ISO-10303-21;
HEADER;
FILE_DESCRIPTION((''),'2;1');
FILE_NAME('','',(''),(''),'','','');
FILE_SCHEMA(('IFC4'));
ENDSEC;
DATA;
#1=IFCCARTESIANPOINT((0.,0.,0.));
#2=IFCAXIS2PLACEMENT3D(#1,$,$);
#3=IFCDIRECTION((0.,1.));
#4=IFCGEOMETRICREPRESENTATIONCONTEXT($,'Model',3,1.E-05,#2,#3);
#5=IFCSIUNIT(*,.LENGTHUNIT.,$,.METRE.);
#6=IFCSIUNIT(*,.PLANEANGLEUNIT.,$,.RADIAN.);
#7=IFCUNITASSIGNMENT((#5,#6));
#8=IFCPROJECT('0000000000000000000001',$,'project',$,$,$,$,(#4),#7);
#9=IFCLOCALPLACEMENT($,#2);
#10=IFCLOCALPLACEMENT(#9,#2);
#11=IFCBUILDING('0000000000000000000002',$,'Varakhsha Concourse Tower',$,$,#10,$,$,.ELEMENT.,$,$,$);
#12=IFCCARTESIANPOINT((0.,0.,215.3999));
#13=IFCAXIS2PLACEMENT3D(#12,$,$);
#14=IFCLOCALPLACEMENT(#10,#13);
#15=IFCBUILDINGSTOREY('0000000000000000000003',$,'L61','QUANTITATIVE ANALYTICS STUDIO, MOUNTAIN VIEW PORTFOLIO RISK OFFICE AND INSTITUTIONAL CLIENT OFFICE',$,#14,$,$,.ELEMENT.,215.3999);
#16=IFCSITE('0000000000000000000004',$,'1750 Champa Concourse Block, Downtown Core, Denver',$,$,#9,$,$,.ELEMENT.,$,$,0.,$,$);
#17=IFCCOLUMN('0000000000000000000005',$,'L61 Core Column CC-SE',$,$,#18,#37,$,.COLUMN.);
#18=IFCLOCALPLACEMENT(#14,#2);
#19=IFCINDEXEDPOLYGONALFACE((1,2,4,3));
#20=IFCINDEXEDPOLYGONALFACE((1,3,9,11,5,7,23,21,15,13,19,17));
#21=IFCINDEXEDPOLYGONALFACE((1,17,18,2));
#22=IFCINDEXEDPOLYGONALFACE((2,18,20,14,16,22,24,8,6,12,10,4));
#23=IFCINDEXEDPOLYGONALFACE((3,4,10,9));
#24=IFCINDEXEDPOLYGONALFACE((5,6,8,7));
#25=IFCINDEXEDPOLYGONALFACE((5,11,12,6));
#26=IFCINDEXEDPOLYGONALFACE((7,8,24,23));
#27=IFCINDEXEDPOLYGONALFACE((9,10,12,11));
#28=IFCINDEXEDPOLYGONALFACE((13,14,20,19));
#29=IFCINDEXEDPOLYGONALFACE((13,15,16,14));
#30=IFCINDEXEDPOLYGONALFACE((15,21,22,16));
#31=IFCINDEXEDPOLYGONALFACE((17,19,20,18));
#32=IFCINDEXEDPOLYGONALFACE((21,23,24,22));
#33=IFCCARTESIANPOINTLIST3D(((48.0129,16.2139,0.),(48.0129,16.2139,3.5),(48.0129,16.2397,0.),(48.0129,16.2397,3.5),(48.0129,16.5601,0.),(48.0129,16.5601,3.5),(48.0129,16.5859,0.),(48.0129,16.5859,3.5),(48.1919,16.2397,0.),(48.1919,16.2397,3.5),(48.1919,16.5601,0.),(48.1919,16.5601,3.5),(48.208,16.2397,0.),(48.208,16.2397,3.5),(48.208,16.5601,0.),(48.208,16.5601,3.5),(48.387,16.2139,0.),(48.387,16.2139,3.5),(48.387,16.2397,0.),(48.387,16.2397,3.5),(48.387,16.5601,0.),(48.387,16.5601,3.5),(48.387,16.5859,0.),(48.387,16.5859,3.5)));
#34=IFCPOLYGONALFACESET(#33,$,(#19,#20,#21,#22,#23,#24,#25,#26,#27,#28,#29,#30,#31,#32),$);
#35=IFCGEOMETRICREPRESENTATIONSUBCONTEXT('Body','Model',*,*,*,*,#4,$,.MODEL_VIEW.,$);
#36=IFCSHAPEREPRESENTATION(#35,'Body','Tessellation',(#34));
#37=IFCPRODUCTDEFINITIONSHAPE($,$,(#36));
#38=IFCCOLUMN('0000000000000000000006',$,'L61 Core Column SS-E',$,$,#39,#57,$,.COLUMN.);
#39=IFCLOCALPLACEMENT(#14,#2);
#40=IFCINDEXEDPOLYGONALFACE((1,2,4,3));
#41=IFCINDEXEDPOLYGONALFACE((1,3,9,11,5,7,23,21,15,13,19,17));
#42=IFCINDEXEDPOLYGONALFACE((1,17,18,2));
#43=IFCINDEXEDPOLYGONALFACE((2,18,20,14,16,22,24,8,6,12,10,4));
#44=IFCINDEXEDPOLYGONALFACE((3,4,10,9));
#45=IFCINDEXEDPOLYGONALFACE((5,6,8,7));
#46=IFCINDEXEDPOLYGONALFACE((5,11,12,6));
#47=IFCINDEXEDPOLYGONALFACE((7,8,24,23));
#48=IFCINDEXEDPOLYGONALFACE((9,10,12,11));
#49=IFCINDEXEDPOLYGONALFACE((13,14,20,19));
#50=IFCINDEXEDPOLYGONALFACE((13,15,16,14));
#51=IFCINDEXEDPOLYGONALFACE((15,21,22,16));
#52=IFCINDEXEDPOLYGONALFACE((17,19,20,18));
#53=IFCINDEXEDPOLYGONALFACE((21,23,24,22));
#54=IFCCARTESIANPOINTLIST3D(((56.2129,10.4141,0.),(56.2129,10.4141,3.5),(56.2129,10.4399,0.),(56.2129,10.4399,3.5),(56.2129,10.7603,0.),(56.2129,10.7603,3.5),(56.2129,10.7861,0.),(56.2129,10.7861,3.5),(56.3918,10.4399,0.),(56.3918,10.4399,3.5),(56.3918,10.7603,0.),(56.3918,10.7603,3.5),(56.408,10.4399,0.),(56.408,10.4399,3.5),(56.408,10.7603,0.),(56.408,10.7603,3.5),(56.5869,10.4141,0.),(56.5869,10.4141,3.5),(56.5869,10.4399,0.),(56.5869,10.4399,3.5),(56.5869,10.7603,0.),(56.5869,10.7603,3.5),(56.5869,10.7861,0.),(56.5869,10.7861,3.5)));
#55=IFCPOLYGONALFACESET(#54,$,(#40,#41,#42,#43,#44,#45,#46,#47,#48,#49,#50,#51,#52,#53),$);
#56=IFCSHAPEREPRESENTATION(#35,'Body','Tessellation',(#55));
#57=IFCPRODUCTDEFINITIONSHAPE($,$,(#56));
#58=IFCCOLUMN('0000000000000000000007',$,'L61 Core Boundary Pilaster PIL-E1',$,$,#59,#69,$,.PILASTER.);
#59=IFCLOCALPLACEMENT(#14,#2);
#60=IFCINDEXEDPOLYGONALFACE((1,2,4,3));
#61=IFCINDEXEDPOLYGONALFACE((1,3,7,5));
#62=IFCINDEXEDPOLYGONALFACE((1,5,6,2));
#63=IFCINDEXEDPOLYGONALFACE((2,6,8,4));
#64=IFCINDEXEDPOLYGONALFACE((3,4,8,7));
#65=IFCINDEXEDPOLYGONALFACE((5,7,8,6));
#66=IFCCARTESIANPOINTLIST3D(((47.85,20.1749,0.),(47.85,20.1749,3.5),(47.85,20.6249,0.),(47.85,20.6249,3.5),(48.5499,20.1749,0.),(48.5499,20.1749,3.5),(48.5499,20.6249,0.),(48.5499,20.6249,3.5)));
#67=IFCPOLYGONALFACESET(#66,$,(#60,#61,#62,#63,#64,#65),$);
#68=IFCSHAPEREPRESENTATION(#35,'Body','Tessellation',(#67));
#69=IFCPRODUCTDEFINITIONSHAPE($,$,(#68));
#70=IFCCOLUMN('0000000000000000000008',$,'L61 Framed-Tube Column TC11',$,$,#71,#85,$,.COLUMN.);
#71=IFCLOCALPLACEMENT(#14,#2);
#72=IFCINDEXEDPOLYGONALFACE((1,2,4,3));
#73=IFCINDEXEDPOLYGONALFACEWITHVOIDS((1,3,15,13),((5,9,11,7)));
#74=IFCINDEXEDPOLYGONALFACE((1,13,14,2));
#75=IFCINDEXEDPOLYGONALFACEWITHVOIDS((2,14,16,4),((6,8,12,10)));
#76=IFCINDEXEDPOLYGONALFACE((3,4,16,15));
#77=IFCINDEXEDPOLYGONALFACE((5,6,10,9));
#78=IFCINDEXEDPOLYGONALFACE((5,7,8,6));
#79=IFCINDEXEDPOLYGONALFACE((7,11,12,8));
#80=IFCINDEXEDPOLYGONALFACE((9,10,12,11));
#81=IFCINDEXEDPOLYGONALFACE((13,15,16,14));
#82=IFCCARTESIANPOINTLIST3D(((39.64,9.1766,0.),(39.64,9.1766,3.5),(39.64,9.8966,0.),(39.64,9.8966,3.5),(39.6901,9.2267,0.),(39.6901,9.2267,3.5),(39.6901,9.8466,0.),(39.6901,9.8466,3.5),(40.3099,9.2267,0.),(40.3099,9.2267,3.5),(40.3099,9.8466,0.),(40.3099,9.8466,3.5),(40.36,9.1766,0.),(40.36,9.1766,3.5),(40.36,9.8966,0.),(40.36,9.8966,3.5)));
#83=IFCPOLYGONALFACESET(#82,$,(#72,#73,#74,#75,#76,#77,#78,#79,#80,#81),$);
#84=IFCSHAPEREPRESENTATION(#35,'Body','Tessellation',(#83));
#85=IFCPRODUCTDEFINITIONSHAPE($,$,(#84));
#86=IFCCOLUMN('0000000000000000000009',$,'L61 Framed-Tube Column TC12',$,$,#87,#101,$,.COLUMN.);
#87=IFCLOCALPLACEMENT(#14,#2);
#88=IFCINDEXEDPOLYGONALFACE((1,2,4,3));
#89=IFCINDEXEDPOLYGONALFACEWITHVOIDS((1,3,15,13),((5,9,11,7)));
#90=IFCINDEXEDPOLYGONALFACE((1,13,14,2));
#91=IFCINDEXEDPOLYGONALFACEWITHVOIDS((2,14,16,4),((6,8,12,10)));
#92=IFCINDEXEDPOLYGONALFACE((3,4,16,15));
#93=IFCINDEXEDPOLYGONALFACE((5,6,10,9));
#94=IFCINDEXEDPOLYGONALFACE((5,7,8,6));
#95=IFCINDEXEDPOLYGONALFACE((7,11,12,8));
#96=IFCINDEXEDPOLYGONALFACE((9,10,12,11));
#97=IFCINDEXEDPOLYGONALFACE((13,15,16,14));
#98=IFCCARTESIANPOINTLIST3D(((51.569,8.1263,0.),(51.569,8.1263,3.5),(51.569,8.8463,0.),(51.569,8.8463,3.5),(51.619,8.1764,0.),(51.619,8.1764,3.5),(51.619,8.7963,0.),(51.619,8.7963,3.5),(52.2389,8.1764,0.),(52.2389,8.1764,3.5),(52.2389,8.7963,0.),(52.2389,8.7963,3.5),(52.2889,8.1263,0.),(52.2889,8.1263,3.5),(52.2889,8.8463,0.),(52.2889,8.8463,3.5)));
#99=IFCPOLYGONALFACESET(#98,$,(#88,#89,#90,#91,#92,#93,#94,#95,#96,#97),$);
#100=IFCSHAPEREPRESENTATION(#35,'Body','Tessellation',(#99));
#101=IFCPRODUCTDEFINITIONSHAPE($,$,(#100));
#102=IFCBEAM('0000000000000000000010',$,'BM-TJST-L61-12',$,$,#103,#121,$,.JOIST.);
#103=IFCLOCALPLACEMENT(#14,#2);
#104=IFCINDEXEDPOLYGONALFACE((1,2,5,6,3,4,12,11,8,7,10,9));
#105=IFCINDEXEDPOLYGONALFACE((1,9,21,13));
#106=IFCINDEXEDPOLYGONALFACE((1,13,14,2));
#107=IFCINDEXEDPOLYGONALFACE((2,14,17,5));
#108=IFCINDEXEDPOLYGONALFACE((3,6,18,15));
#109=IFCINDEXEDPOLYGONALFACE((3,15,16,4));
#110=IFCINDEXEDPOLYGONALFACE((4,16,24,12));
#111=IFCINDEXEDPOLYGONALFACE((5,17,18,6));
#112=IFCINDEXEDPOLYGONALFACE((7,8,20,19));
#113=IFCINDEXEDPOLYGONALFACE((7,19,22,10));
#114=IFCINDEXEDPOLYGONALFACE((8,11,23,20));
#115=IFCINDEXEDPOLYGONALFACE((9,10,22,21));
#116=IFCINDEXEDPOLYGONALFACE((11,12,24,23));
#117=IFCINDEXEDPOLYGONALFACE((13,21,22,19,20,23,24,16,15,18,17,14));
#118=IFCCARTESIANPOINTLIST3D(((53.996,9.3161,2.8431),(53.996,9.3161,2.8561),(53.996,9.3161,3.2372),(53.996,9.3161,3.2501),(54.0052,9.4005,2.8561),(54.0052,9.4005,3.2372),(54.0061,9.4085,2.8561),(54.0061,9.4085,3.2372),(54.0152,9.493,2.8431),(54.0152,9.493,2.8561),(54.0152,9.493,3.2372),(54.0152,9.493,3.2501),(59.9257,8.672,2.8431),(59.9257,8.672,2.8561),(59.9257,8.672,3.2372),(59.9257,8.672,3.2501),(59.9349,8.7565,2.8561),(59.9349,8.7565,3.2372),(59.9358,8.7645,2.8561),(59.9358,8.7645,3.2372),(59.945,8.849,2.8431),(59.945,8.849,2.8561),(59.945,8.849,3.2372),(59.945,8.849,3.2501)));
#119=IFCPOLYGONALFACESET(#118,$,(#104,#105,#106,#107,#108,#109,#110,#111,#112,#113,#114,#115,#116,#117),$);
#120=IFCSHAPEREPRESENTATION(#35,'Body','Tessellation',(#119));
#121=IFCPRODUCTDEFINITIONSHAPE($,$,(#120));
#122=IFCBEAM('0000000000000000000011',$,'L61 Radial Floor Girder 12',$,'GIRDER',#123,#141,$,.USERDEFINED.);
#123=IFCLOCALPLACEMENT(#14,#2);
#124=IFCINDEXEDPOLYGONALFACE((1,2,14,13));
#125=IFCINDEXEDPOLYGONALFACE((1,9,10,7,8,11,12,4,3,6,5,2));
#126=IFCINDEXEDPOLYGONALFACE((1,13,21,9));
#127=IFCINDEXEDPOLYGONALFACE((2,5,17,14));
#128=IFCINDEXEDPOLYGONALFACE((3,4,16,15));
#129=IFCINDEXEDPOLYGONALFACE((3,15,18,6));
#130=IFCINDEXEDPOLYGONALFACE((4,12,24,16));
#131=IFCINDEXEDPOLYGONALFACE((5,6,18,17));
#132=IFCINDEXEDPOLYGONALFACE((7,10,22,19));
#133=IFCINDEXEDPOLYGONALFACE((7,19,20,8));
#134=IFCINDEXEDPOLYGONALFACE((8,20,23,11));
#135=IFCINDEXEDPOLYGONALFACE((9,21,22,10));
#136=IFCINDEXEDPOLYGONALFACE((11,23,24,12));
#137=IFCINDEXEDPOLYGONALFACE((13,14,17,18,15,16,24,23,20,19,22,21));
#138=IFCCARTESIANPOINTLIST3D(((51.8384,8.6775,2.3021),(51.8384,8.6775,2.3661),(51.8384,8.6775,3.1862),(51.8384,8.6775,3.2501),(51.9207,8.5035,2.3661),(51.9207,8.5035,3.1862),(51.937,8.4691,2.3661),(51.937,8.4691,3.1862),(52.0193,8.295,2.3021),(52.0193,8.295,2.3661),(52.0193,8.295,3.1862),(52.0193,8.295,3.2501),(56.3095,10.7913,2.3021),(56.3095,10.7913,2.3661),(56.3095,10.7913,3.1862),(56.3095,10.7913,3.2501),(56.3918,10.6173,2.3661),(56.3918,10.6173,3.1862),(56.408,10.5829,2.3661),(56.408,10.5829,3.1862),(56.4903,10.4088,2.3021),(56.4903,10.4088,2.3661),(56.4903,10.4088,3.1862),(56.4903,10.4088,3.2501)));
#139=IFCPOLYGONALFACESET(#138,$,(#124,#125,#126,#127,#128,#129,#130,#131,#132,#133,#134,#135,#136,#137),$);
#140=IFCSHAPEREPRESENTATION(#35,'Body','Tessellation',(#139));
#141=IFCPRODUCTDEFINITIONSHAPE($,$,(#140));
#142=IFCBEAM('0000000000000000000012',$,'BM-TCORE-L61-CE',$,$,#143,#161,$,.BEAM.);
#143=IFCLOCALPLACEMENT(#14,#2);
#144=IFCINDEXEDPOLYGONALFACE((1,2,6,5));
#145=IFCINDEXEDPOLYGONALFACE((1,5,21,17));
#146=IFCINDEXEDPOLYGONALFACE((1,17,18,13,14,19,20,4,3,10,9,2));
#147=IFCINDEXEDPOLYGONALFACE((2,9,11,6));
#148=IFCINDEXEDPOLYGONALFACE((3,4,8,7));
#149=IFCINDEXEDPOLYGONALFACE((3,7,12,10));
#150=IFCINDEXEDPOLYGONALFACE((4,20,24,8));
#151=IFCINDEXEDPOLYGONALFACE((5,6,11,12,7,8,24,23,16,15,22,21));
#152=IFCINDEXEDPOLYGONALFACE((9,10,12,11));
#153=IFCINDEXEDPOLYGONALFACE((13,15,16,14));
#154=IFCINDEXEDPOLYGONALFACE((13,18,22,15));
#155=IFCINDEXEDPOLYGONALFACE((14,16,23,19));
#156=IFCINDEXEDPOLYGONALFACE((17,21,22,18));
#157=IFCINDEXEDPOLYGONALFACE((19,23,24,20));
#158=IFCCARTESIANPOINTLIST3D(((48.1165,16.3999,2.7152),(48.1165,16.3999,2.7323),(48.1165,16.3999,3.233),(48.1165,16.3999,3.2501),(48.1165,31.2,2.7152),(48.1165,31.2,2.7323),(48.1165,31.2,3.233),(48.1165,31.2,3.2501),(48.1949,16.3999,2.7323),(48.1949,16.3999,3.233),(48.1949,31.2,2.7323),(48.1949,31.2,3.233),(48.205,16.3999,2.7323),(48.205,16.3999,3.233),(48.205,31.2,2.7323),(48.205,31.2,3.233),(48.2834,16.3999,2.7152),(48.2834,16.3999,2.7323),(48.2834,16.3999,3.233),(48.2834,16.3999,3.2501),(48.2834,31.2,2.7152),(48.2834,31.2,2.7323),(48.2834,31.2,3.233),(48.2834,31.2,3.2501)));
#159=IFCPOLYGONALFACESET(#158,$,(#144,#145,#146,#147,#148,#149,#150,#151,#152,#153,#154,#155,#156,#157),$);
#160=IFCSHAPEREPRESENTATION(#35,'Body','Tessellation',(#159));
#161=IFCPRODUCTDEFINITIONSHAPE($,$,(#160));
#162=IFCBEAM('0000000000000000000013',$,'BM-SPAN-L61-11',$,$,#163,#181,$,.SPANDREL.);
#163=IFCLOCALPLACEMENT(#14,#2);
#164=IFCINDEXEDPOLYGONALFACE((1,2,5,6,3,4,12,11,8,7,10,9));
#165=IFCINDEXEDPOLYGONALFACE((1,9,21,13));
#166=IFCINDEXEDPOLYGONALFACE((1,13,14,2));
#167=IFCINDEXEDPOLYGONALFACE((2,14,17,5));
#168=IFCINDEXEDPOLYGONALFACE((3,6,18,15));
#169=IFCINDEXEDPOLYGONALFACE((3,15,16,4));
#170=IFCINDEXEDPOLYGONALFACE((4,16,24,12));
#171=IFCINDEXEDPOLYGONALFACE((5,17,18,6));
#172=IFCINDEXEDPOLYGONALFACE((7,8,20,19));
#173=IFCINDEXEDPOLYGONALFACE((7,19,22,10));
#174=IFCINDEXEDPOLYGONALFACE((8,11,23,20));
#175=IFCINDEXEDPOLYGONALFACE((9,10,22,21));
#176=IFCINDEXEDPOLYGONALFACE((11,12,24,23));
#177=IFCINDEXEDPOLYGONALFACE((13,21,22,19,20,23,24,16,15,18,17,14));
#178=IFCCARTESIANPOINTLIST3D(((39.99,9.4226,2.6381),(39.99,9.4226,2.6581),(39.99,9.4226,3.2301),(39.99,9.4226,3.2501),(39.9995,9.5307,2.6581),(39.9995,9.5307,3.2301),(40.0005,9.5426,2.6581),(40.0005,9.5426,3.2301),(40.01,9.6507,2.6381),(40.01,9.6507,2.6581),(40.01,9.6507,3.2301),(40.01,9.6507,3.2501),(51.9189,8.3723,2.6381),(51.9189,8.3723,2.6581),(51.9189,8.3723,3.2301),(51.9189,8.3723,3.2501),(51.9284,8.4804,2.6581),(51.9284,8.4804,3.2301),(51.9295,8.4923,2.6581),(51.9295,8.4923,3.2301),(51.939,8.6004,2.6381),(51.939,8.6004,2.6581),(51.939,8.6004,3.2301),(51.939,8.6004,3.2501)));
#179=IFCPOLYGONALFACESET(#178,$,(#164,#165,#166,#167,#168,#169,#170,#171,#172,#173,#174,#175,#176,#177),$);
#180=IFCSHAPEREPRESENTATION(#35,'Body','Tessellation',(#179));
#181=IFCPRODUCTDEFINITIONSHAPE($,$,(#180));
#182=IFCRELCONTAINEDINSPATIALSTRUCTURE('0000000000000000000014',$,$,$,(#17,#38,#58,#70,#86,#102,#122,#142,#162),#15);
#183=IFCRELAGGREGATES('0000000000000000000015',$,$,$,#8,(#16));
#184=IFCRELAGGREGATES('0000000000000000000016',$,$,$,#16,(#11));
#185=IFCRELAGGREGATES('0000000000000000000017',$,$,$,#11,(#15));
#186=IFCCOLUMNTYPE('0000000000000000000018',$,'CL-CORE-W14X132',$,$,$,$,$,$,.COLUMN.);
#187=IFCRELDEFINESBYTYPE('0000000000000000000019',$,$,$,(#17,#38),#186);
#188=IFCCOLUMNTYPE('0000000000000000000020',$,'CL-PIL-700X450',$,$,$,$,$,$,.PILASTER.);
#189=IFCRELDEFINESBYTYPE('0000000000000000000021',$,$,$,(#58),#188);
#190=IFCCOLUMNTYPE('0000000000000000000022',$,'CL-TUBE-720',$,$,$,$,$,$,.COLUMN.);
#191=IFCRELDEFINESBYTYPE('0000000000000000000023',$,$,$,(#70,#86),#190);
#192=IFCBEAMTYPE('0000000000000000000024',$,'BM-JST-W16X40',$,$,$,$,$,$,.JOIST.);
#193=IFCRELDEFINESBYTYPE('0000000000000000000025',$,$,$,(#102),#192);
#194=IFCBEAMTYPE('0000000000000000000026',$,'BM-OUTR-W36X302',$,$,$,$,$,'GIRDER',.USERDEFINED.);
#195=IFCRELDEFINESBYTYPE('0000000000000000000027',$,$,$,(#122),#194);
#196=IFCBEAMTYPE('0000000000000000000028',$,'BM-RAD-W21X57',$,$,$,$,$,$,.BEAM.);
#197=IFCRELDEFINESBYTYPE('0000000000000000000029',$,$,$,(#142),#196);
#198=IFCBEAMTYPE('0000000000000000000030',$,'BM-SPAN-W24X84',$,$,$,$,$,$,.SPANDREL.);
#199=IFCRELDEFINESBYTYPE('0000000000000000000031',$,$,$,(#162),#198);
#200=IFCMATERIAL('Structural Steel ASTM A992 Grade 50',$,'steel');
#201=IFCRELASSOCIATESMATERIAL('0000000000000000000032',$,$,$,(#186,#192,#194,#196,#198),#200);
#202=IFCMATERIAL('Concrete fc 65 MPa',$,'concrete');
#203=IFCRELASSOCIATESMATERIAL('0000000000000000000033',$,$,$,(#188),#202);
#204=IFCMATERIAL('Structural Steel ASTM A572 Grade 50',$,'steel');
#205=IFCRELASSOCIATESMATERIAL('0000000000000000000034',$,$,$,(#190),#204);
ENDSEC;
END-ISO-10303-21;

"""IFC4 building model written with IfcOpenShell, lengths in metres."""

from ifc_helpers import new_model, si_unit, direction, frame, origin, origin_2d, place, context, subcontext, project, spatial, rectangle, hollow_rectangle, i_section, extrude, material, material_profile, profile_set, type_object, element, save


model = new_model("IFC4")

# Units and contexts
model_context = context("Model", 3, precision=1e-05, world=origin(), true_north=direction((0.0, 1.0)))
body_context = subcontext(model_context, "Body", "Model", "MODEL_VIEW")
ifc_project = project(units=[si_unit("LENGTHUNIT", "METRE"), si_unit("PLANEANGLEUNIT", "RADIAN")], contexts=[model_context])

# Site, building, storey
site_placement = place(None, origin())
site = spatial("IfcSite", under=ifc_project, at=site_placement, Name="1750 Champa Concourse Block, Downtown Core, Denver", CompositionType="ELEMENT", RefElevation=0.0)
building_placement = place(site_placement, origin())
building = spatial("IfcBuilding", under=site, at=building_placement, Name="Varakhsha Concourse Tower", CompositionType="ELEMENT")
storey_placement = place(building_placement, frame((0.0, 0.0, 215.3999)))
storey = spatial("IfcBuildingStorey", under=building, at=storey_placement, Name="L61", Description="QUANTITATIVE ANALYTICS STUDIO, MOUNTAIN VIEW PORTFOLIO RISK OFFICE AND INSTITUTIONAL CLIENT OFFICE", CompositionType="ELEMENT", Elevation=215.3999)

# Columns
ifc_material_1 = material(Name="Structural Steel ASTM A992 Grade 50", Category="steel")
ifc_material_profile_1 = material_profile(ifc_material_1, i_section(OverallWidth=0.374, OverallDepth=0.3721, WebThickness=0.0161, FlangeThickness=0.0259, at=origin_2d()), Name="W14X132")
ifc_profile_set_1 = profile_set([ifc_material_profile_1], Name="Structural Steel ASTM A992 Grade 50")
column_type_1 = type_object("IfcColumnType", Name="CL-CORE-W14X132", PredefinedType="COLUMN", material=ifc_profile_set_1)
for number, where, z_axis, x_axis, name in (
    (1, (48.2, 16.3999, 0.0), (0.0, 0.0, 1.0), (1.0, 0.0, 0.0), "L61 Core Column CC-SE"),
    (2, (56.3999, 10.6001, 0.0), (0.0, 0.0, 1.0), (1.0, 0.0, 0.0), "L61 Core Column SS-E"),
):
    element("IfcColumn", number, at=place(storey_placement, frame(where, z_axis=z_axis, x_axis=x_axis)), inside=storey, type_object=column_type_1, Name=name, PredefinedType="COLUMN", context=body_context, shape_type="SweptSolid", body=[
        extrude(i_section(OverallWidth=0.374, OverallDepth=0.3721, WebThickness=0.0161, FlangeThickness=0.0259, at=origin_2d()), origin(), (0.0, 0.0, 1.0), 3.5),
    ])
ifc_material_2 = material(Name="Concrete fc 65 MPa", Category="concrete")
ifc_material_profile_2 = material_profile(ifc_material_2, rectangle(XDim=0.7, YDim=0.45, at=origin_2d()), Name="RC 700x450")
ifc_profile_set_2 = profile_set([ifc_material_profile_2], Name="Concrete fc 65 MPa")
column_type_2 = type_object("IfcColumnType", Name="CL-PIL-700X450", PredefinedType="PILASTER", material=ifc_profile_set_2)
column_placement = place(storey_placement, frame((48.2, 20.3999, 0.0), z_axis=(0.0, 0.0, 1.0), x_axis=(1.0, 0.0, 0.0)))
element("IfcColumn", 3, at=column_placement, inside=storey, type_object=column_type_2, Name="L61 Core Boundary Pilaster PIL-E1", PredefinedType="PILASTER", context=body_context, shape_type="SweptSolid", body=[
    extrude(rectangle(XDim=0.7, YDim=0.45, at=origin_2d()), origin(), (0.0, 0.0, 1.0), 3.5),
])
ifc_material_3 = material(Name="Structural Steel ASTM A572 Grade 50", Category="steel")
ifc_material_profile_3 = material_profile(ifc_material_3, hollow_rectangle(XDim=0.72, YDim=0.72, WallThickness=0.05, at=origin_2d()), Name="BOX 720x720x50")
ifc_profile_set_3 = profile_set([ifc_material_profile_3], Name="Structural Steel ASTM A572 Grade 50")
column_type_3 = type_object("IfcColumnType", Name="CL-TUBE-720", PredefinedType="COLUMN", material=ifc_profile_set_3)
for number, where, z_axis, x_axis, name in (
    (4, (40.0, 9.5366, 0.0), (0.0, 0.0, 1.0), (1.0, 0.0, 0.0), "L61 Framed-Tube Column TC11"),
    (5, (51.929, 8.4863, 0.0), (0.0, 0.0, 1.0), (1.0, 0.0, 0.0), "L61 Framed-Tube Column TC12"),
):
    element("IfcColumn", number, at=place(storey_placement, frame(where, z_axis=z_axis, x_axis=x_axis)), inside=storey, type_object=column_type_3, Name=name, PredefinedType="COLUMN", context=body_context, shape_type="SweptSolid", body=[
        extrude(hollow_rectangle(XDim=0.72, YDim=0.72, WallThickness=0.05, at=origin_2d()), origin(), (0.0, 0.0, 1.0), 3.5),
    ])

# Beams
ifc_material_profile_4 = material_profile(ifc_material_1, i_section(OverallWidth=0.178, OverallDepth=0.407, WebThickness=0.0081, FlangeThickness=0.0129, at=origin_2d()), Name="W16X40")
ifc_profile_set_4 = profile_set([ifc_material_profile_4], Name="Structural Steel ASTM A992 Grade 50")
beam_type_1 = type_object("IfcBeamType", Name="BM-JST-W16X40", PredefinedType="JOIST", material=ifc_profile_set_4)
beam_1_placement = place(storey_placement, frame((54.0056, 9.4045, 3.0466), z_axis=(0.994153, -0.107978, 0.0), x_axis=(0.107978, 0.994153, 0.0)))
element("IfcBeam", 6, at=beam_1_placement, inside=storey, type_object=beam_type_1, Name="BM-TJST-L61-12", PredefinedType="JOIST", context=body_context, shape_type="SweptSolid", body=[
    extrude(i_section(OverallWidth=0.178, OverallDepth=0.407, WebThickness=0.0081, FlangeThickness=0.0129, at=origin_2d()), origin(), (0.0, 0.0, 1.0), 5.9646),
])
ifc_material_profile_5 = material_profile(ifc_material_1, i_section(OverallWidth=0.4231, OverallDepth=0.948, WebThickness=0.0381, FlangeThickness=0.064, at=origin_2d()), Name="W36X302")
ifc_profile_set_5 = profile_set([ifc_material_profile_5], Name="Structural Steel ASTM A992 Grade 50")
beam_type_2 = type_object("IfcBeamType", Name="BM-OUTR-W36X302", ElementType="GIRDER", PredefinedType="USERDEFINED", material=ifc_profile_set_5)
beam_2_placement = place(storey_placement, frame((56.3999, 10.6001, 2.7761), z_axis=(-0.904054, -0.427418, 0.0), x_axis=(0.427418, -0.904054, 0.0)))
element("IfcBeam", 7, at=beam_2_placement, inside=storey, type_object=beam_type_2, Name="L61 Radial Floor Girder 12", ObjectType="GIRDER", PredefinedType="USERDEFINED", context=body_context, shape_type="SweptSolid", body=[
    extrude(i_section(OverallWidth=0.4231, OverallDepth=0.948, WebThickness=0.0381, FlangeThickness=0.064, at=origin_2d()), origin(), (0.0, 0.0, 1.0), 4.9456),
])
ifc_material_profile_6 = material_profile(ifc_material_1, i_section(OverallWidth=0.167, OverallDepth=0.5349, WebThickness=0.01, FlangeThickness=0.0171, at=origin_2d()), Name="W21X57")
ifc_profile_set_6 = profile_set([ifc_material_profile_6], Name="Structural Steel ASTM A992 Grade 50")
beam_type_3 = type_object("IfcBeamType", Name="BM-RAD-W21X57", PredefinedType="BEAM", material=ifc_profile_set_6)
beam_3_placement = place(storey_placement, frame((48.2, 16.3999, 2.9827), z_axis=(0.0, 1.0, 0.0), x_axis=(-1.0, 0.0, 0.0)))
element("IfcBeam", 8, at=beam_3_placement, inside=storey, type_object=beam_type_3, Name="BM-TCORE-L61-CE", PredefinedType="BEAM", context=body_context, shape_type="SweptSolid", body=[
    extrude(i_section(OverallWidth=0.167, OverallDepth=0.5349, WebThickness=0.01, FlangeThickness=0.0171, at=origin_2d()), origin(), (0.0, 0.0, 1.0), 14.8),
])
ifc_material_profile_7 = material_profile(ifc_material_1, i_section(OverallWidth=0.229, OverallDepth=0.6121, WebThickness=0.012, FlangeThickness=0.02, at=origin_2d()), Name="W24X84")
ifc_profile_set_7 = profile_set([ifc_material_profile_7], Name="Structural Steel ASTM A992 Grade 50")
beam_type_4 = type_object("IfcBeamType", Name="BM-SPAN-W24X84", PredefinedType="SPANDREL", material=ifc_profile_set_7)
beam_4_placement = place(storey_placement, frame((40.0, 9.5366, 2.9441), z_axis=(0.996146, -0.087706, 0.0), x_axis=(0.087706, 0.996146, 0.0)))
element("IfcBeam", 9, at=beam_4_placement, inside=storey, type_object=beam_type_4, Name="BM-SPAN-L61-11", PredefinedType="SPANDREL", context=body_context, shape_type="SweptSolid", body=[
    extrude(i_section(OverallWidth=0.229, OverallDepth=0.6121, WebThickness=0.012, FlangeThickness=0.02, at=origin_2d()), origin(), (0.0, 0.0, 1.0), 11.9751),
])

save(model, "model.ifc")
